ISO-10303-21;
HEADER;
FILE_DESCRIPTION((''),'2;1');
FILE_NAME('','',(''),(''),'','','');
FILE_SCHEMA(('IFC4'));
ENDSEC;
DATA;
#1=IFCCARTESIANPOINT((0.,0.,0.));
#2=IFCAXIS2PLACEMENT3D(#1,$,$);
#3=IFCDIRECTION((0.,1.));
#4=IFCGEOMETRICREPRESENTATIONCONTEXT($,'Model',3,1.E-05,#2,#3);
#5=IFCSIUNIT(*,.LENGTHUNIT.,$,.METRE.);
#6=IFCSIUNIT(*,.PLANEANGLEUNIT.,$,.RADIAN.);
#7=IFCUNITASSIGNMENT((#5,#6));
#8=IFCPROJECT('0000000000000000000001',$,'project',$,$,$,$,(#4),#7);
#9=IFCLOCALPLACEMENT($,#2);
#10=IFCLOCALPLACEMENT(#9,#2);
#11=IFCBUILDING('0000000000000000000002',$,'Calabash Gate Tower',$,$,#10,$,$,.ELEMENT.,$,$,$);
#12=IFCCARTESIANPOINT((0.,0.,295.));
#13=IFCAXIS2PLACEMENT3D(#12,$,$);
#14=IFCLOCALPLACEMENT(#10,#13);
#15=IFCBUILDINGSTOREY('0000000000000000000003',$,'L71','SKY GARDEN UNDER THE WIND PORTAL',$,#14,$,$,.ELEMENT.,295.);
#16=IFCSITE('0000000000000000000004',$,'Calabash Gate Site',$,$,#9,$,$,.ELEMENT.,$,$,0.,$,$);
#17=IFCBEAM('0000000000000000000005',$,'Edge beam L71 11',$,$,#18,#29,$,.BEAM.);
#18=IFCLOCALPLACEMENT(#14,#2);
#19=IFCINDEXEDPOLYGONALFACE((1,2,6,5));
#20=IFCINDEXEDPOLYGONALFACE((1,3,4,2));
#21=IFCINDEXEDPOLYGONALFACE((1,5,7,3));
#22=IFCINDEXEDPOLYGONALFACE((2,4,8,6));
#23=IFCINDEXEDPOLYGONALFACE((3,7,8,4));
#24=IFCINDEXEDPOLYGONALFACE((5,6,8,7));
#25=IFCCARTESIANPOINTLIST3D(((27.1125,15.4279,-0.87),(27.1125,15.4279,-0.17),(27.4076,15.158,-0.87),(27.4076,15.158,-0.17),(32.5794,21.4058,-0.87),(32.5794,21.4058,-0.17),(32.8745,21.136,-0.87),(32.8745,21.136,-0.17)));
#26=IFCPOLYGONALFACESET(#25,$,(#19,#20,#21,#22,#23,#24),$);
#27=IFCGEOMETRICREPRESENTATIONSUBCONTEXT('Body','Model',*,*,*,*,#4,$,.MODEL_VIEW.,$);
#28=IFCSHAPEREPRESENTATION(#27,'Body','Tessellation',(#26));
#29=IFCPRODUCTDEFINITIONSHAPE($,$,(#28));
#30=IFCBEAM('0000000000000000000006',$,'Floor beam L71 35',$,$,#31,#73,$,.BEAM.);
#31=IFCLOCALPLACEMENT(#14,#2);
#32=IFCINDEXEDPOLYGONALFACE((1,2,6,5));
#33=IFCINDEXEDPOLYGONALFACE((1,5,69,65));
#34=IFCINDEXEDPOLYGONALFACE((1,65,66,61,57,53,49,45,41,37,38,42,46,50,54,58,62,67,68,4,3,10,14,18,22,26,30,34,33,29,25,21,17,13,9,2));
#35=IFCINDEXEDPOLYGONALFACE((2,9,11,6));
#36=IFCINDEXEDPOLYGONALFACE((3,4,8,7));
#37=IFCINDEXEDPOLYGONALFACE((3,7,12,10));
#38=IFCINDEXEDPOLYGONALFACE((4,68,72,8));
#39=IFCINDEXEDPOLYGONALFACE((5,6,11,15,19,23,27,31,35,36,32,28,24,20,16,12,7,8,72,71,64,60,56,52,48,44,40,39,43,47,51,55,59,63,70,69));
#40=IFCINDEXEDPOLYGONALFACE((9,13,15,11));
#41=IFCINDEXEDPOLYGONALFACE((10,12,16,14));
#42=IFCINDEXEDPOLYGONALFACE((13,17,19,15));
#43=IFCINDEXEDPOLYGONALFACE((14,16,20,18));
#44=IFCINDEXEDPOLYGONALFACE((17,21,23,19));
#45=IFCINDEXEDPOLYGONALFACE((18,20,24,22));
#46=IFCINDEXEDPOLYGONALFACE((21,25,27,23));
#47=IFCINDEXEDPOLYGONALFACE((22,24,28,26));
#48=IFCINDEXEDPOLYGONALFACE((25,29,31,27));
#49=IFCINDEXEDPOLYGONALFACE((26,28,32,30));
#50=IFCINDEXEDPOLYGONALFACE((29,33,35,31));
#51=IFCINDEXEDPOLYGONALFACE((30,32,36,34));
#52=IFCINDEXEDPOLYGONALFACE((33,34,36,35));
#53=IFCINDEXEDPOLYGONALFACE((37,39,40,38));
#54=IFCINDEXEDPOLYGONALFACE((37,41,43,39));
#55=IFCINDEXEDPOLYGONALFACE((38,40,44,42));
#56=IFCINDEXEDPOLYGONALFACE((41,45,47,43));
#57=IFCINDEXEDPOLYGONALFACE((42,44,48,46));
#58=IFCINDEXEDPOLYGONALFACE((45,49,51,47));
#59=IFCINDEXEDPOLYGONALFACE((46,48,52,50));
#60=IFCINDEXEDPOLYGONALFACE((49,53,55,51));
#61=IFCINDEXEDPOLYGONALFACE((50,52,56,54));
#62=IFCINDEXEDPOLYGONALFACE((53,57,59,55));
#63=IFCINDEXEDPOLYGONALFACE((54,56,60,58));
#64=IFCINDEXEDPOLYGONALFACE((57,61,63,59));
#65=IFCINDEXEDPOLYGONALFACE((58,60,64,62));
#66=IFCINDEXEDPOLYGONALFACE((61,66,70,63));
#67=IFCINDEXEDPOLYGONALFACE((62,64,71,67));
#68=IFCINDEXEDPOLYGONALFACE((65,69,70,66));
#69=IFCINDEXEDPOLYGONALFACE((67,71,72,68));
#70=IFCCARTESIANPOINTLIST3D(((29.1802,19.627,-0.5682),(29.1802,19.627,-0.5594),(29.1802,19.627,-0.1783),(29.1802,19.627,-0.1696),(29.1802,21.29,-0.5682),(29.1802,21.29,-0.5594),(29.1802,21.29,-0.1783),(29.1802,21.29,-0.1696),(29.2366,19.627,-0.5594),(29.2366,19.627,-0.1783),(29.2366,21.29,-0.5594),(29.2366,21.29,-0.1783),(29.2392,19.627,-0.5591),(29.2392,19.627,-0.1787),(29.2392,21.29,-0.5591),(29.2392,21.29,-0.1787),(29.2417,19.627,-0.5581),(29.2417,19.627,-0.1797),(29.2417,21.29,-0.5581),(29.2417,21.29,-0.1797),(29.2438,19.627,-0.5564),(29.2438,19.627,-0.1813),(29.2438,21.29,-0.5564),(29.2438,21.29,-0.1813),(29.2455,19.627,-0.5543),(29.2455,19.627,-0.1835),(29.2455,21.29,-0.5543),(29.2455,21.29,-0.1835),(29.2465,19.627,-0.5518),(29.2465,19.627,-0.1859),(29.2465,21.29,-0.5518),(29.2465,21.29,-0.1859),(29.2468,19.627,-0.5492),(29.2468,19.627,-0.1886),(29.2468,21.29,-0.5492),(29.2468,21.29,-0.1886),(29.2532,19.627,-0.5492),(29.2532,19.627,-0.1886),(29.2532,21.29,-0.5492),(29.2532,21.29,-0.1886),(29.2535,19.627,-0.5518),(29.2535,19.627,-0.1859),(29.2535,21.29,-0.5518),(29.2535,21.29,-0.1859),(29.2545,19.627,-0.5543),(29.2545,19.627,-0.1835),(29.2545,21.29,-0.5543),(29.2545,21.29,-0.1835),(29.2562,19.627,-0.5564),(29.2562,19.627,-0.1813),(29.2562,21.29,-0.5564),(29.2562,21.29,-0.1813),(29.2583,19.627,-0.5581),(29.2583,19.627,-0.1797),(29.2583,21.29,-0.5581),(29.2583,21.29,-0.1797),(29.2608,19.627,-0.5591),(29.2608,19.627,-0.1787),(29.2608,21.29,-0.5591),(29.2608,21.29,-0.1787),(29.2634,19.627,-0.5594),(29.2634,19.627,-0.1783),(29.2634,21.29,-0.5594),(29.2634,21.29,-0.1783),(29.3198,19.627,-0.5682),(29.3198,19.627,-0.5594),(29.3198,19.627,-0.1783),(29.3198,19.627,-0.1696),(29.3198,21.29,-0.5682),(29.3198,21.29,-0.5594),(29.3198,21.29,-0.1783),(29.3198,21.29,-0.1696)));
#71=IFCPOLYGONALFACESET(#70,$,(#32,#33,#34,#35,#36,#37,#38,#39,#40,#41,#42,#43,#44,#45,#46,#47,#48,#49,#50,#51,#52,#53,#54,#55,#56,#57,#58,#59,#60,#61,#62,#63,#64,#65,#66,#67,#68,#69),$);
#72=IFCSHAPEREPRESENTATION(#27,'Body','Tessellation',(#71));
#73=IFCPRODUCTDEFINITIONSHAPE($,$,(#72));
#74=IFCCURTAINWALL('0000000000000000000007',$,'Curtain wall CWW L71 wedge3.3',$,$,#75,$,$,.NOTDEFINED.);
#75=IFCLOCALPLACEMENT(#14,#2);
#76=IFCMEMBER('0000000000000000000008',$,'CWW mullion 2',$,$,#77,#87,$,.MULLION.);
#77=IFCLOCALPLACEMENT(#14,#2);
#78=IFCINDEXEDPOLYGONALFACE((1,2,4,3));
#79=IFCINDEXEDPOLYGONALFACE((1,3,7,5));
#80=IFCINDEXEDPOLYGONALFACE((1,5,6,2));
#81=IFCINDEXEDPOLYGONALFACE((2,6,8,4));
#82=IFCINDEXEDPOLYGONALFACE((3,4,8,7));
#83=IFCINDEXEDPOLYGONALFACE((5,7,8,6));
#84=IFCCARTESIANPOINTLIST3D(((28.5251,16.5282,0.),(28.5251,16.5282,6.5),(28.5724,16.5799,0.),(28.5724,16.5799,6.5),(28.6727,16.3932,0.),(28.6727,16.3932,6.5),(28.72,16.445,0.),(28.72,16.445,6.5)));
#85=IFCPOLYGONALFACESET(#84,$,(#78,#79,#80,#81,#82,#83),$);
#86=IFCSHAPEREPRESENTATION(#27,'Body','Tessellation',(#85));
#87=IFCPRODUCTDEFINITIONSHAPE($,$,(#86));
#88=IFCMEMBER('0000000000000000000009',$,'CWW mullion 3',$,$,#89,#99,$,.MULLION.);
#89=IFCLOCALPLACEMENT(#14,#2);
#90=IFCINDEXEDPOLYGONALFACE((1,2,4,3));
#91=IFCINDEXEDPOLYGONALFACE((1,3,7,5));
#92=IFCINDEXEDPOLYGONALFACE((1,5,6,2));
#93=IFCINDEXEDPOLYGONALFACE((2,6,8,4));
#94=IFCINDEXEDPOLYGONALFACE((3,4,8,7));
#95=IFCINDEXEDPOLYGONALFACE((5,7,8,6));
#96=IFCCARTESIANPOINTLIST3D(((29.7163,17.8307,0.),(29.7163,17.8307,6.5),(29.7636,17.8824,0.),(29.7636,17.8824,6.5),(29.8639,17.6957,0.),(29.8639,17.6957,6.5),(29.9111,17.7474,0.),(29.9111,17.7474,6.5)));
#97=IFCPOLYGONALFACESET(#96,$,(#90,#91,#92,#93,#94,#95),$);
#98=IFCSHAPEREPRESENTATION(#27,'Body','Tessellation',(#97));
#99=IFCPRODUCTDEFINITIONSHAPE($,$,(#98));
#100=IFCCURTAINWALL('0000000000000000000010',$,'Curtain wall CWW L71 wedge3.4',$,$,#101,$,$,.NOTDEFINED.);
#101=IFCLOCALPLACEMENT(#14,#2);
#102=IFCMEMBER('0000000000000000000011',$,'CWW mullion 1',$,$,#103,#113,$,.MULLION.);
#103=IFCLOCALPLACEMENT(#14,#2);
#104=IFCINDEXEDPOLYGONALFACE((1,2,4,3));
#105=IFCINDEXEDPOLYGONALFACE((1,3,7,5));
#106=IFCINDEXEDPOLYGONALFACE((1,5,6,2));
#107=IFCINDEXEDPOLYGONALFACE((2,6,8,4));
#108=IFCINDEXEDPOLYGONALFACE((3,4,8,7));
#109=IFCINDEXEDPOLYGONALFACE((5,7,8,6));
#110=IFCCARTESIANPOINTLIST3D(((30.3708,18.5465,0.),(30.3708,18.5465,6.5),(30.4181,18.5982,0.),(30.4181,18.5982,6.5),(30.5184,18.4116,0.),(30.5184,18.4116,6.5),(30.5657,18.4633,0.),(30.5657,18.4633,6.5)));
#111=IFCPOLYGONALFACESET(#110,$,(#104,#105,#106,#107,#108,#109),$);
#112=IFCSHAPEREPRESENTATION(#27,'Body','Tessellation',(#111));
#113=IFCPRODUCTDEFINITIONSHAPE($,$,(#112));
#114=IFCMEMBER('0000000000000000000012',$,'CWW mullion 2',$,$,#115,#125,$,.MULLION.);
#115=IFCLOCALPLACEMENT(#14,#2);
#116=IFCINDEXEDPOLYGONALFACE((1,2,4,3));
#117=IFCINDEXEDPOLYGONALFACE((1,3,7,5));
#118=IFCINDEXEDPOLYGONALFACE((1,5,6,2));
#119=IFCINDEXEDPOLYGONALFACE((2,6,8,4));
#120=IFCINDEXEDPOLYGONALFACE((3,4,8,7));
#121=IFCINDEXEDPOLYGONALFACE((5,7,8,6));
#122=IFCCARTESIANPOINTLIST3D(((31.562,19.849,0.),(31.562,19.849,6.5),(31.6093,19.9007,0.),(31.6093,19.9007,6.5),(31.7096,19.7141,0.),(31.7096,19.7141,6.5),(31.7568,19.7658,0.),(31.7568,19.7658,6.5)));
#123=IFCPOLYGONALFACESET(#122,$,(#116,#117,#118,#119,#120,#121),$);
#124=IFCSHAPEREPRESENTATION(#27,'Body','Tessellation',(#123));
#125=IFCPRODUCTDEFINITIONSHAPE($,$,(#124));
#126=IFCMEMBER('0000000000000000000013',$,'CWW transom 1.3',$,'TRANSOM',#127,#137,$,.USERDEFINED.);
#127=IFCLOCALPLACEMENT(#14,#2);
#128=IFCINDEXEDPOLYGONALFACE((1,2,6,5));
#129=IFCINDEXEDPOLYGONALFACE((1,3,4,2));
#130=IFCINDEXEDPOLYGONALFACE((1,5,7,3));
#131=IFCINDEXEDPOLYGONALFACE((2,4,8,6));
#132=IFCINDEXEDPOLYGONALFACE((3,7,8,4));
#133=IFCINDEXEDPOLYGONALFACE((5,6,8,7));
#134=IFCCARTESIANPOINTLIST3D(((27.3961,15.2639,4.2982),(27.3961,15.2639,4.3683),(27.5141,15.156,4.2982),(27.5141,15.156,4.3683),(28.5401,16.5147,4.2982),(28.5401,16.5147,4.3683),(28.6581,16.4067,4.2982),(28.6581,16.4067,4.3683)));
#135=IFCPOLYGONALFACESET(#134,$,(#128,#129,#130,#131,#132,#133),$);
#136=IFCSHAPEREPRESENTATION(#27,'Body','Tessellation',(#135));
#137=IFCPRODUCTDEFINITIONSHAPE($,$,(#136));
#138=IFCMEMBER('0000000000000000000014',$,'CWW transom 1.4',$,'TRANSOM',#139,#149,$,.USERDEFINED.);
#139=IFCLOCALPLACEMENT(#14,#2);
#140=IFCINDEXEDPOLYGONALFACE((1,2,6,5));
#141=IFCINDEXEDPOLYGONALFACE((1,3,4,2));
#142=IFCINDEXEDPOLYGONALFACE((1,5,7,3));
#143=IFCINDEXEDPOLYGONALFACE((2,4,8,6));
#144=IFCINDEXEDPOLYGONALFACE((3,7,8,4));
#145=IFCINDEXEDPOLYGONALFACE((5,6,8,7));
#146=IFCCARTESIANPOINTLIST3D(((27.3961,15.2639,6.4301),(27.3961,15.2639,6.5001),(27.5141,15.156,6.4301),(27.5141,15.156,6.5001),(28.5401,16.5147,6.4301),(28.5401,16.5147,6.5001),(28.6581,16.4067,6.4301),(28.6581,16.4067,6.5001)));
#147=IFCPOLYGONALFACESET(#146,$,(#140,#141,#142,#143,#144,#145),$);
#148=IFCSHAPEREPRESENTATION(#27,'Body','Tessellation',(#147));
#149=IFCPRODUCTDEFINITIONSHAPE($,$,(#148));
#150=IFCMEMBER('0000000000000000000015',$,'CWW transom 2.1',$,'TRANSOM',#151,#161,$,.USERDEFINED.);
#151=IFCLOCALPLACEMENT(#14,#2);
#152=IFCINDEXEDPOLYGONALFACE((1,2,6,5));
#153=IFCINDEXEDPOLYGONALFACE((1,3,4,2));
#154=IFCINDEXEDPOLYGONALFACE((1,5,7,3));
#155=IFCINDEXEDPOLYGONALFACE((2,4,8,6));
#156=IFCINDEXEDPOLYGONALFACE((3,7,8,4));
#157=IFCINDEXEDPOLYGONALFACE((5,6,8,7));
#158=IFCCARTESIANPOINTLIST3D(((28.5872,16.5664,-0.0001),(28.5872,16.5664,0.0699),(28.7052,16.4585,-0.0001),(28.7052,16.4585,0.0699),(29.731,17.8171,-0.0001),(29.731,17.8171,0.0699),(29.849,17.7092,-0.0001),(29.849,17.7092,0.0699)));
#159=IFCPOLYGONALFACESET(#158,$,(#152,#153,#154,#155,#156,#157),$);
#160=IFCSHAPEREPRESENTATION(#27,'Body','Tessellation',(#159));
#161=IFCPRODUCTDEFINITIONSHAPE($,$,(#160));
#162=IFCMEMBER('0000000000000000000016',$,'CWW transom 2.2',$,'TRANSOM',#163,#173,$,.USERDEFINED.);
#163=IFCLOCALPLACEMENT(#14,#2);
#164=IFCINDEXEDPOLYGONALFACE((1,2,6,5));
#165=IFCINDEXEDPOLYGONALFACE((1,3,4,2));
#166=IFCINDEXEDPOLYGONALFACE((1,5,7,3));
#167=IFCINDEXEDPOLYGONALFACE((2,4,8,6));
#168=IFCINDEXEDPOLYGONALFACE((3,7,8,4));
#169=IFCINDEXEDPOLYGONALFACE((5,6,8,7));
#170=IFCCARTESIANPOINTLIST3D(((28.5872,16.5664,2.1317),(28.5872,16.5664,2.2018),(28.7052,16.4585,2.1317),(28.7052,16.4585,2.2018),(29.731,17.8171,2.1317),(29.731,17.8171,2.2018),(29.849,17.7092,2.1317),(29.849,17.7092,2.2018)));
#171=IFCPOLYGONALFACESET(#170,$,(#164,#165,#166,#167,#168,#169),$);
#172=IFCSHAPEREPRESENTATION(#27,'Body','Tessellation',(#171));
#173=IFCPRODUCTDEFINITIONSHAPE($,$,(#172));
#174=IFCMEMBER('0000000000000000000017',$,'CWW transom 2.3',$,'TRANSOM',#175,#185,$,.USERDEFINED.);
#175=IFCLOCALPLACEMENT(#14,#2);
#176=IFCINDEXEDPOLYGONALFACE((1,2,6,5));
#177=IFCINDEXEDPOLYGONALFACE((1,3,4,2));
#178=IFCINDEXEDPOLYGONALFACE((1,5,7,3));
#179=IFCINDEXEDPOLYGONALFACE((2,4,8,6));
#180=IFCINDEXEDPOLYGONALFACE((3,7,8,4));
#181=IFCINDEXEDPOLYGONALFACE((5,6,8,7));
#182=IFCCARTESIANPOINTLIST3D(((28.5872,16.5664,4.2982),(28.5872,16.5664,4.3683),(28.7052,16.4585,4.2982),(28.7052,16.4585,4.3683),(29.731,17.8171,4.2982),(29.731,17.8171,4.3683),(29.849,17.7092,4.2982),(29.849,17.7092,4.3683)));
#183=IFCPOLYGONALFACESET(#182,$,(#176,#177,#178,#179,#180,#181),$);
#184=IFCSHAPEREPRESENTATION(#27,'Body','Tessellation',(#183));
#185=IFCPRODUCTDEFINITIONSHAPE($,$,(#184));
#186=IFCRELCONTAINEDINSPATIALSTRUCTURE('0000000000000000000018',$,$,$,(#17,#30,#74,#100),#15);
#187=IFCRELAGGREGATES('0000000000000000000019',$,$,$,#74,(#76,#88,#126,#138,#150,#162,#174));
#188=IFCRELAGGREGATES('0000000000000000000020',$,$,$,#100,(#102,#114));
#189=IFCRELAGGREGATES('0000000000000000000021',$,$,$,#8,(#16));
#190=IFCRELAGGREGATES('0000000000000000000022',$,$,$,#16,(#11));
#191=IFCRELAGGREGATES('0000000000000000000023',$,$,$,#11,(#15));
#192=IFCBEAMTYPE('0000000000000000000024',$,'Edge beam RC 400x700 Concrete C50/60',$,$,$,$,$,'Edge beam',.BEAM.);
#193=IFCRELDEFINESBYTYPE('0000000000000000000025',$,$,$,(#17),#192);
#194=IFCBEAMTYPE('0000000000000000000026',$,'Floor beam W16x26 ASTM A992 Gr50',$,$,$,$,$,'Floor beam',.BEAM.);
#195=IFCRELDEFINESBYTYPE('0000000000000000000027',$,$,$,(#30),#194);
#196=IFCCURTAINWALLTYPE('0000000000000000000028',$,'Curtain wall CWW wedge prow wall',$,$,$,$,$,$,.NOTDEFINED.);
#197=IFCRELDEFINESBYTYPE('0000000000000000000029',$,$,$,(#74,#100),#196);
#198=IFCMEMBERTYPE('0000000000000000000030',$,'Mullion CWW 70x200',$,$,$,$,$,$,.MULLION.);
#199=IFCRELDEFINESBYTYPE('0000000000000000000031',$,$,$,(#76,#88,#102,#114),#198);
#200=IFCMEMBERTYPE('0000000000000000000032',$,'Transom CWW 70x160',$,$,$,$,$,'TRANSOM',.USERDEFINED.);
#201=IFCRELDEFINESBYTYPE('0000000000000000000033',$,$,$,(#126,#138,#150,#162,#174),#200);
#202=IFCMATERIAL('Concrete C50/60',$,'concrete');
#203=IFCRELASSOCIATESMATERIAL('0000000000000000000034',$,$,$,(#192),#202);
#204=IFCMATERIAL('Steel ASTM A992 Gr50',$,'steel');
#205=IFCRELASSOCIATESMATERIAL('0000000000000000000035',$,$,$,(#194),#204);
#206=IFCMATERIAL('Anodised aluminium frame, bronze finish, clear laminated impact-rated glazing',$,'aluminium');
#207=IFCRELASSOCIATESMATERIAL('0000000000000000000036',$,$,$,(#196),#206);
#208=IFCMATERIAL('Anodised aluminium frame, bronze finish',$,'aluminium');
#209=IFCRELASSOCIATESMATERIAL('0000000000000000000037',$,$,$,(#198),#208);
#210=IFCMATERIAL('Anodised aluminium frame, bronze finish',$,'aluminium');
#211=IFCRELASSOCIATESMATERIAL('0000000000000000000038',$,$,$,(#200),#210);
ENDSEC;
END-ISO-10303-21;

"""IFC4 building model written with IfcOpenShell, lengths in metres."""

from ifc_helpers import new_model, si_unit, direction, frame, origin, origin_2d, place, context, subcontext, project, spatial, rectangle, i_section, extrude, material, material_profile, profile_set, type_object, element, aggregate, save


model = new_model("IFC4")

# Units and contexts
model_context = context("Model", 3, precision=1e-05, world=origin(), true_north=direction((0.0, 1.0)))
body_context = subcontext(model_context, "Body", "Model", "MODEL_VIEW")
ifc_project = project(units=[si_unit("LENGTHUNIT", "METRE"), si_unit("PLANEANGLEUNIT", "RADIAN")], contexts=[model_context])

# Site, building, storey
site_placement = place(None, origin())
site = spatial("IfcSite", under=ifc_project, at=site_placement, Name="Calabash Gate Site", CompositionType="ELEMENT", RefElevation=0.0)
building_placement = place(site_placement, origin())
building = spatial("IfcBuilding", under=site, at=building_placement, Name="Calabash Gate Tower", CompositionType="ELEMENT")
storey_placement = place(building_placement, frame((0.0, 0.0, 295.0)))
storey = spatial("IfcBuildingStorey", under=building, at=storey_placement, Name="L71", Description="SKY GARDEN UNDER THE WIND PORTAL", CompositionType="ELEMENT", Elevation=295.0)

# Beams
ifc_material_1 = material(Name="Concrete C50/60", Category="concrete")
ifc_material_profile_1 = material_profile(ifc_material_1, rectangle(XDim=0.3999, YDim=0.7, at=origin_2d()))
ifc_profile_set_1 = profile_set([ifc_material_profile_1], Name="Concrete C50/60")
beam_type_1 = type_object("IfcBeamType", Name="Edge beam RC 400x700 Concrete C50/60", ElementType="Edge beam", PredefinedType="BEAM", material=ifc_profile_set_1)
beam_1_placement = place(storey_placement, frame((27.26, 15.293, -0.52), z_axis=(0.674864, 0.737942, 0.0), x_axis=(-0.737942, 0.674864, 0.0)))
element("IfcBeam", 1, at=beam_1_placement, inside=storey, type_object=beam_type_1, Name="Edge beam L71 11", PredefinedType="BEAM", context=body_context, shape_type="SweptSolid", body=[
    extrude(rectangle(XDim=0.3999, YDim=0.7, at=origin_2d()), origin(), (0.0, 0.0, 1.0), 8.1008),
])
ifc_material_2 = material(Name="Steel ASTM A992 Gr50", Category="steel")
ifc_material_profile_2 = material_profile(ifc_material_2, i_section(OverallWidth=0.1396, OverallDepth=0.3987, WebThickness=0.0063, FlangeThickness=0.0088, FilletRadius=0.0103, at=origin_2d()))
ifc_profile_set_2 = profile_set([ifc_material_profile_2], Name="Steel ASTM A992 Gr50")
beam_type_2 = type_object("IfcBeamType", Name="Floor beam W16x26 ASTM A992 Gr50", ElementType="Floor beam", PredefinedType="BEAM", material=ifc_profile_set_2)
beam_2_placement = place(storey_placement, frame((29.25, 19.627, -0.3689), z_axis=(0.0, 1.0, 0.0), x_axis=(-1.0, 0.0, 0.0)))
element("IfcBeam", 2, at=beam_2_placement, inside=storey, type_object=beam_type_2, Name="Floor beam L71 35", PredefinedType="BEAM", context=body_context, shape_type="SweptSolid", body=[
    extrude(i_section(OverallWidth=0.1396, OverallDepth=0.3987, WebThickness=0.0063, FlangeThickness=0.0088, FilletRadius=0.0103, at=origin_2d()), origin(), (0.0, 0.0, 1.0), 1.6631),
])

# Curtain walls, members
ifc_material_3 = material(Name="Anodised aluminium frame, bronze finish, clear laminated impact-rated glazing", Category="aluminium")
curtain_wall_type = type_object("IfcCurtainWallType", Name="Curtain wall CWW wedge prow wall", PredefinedType="NOTDEFINED", material=ifc_material_3)
curtain_wall_1_placement = place(storey_placement, origin())
curtain_wall_1 = element("IfcCurtainWall", 3, at=curtain_wall_1_placement, inside=storey, type_object=curtain_wall_type, Name="Curtain wall CWW L71 wedge3.3", PredefinedType="NOTDEFINED")
ifc_material_4 = material(Name="Anodised aluminium frame, bronze finish", Category="aluminium")
ifc_material_profile_3 = material_profile(ifc_material_4, rectangle(XDim=0.2, YDim=0.0701, at=origin_2d()))
ifc_profile_set_3 = profile_set([ifc_material_profile_3], Name="Anodised aluminium frame, bronze finish")
member_type_1 = type_object("IfcMemberType", Name="Mullion CWW 70x200", PredefinedType="MULLION", material=ifc_profile_set_3)
member_1_placement = place(storey_placement, frame((28.6226, 16.4866, 0.0), z_axis=(0.0, 0.0, 1.0), x_axis=(-0.737949, 0.674856, 0.0)))
member_1 = element("IfcMember", 4, at=member_1_placement, type_object=member_type_1, Name="CWW mullion 2", PredefinedType="MULLION", context=body_context, shape_type="SweptSolid", body=[
    extrude(rectangle(XDim=0.2, YDim=0.0701, at=origin_2d()), origin(), (0.0, 0.0, 1.0), 6.5),
])
member_2_placement = place(storey_placement, frame((29.8137, 17.7891, 0.0), z_axis=(0.0, 0.0, 1.0), x_axis=(-0.737949, 0.674856, 0.0)))
member_2 = element("IfcMember", 5, at=member_2_placement, type_object=member_type_1, Name="CWW mullion 3", PredefinedType="MULLION", context=body_context, shape_type="SweptSolid", body=[
    extrude(rectangle(XDim=0.2, YDim=0.0701, at=origin_2d()), origin(), (0.0, 0.0, 1.0), 6.5),
])
curtain_wall_2_placement = place(storey_placement, origin())
curtain_wall_2 = element("IfcCurtainWall", 6, at=curtain_wall_2_placement, inside=storey, type_object=curtain_wall_type, Name="Curtain wall CWW L71 wedge3.4", PredefinedType="NOTDEFINED")
member_3_placement = place(storey_placement, frame((30.4683, 18.5049, 0.0), z_axis=(0.0, 0.0, 1.0), x_axis=(-0.737949, 0.674856, 0.0)))
member_3 = element("IfcMember", 7, at=member_3_placement, type_object=member_type_1, Name="CWW mullion 1", PredefinedType="MULLION", context=body_context, shape_type="SweptSolid", body=[
    extrude(rectangle(XDim=0.2, YDim=0.0701, at=origin_2d()), origin(), (0.0, 0.0, 1.0), 6.5),
])
member_4_placement = place(storey_placement, frame((31.6594, 19.8074, 0.0), z_axis=(0.0, 0.0, 1.0), x_axis=(-0.737949, 0.674856, 0.0)))
member_4 = element("IfcMember", 8, at=member_4_placement, type_object=member_type_1, Name="CWW mullion 2", PredefinedType="MULLION", context=body_context, shape_type="SweptSolid", body=[
    extrude(rectangle(XDim=0.2, YDim=0.0701, at=origin_2d()), origin(), (0.0, 0.0, 1.0), 6.5),
])

# Members
ifc_material_5 = material(Name="Anodised aluminium frame, bronze finish", Category="aluminium")
ifc_material_profile_4 = material_profile(ifc_material_5, rectangle(XDim=0.1599, YDim=0.0701, at=origin_2d()))
ifc_profile_set_4 = profile_set([ifc_material_profile_4], Name="Anodised aluminium frame, bronze finish")
member_type_2 = type_object("IfcMemberType", Name="Transom CWW 70x160", ElementType="TRANSOM", PredefinedType="USERDEFINED", material=ifc_profile_set_4)
member_5_placement = place(storey_placement, frame((27.4551, 15.21, 4.3333), z_axis=(0.674935, 0.737877, 0.0), x_axis=(-0.737877, 0.674935, 0.0)))
member_5 = element("IfcMember", 9, at=member_5_placement, type_object=member_type_2, Name="CWW transom 1.3", ObjectType="TRANSOM", PredefinedType="USERDEFINED", context=body_context, shape_type="SweptSolid", body=[
    extrude(rectangle(XDim=0.1599, YDim=0.0701, at=origin_2d()), origin(), (0.0, 0.0, 1.0), 1.6951),
])
member_6_placement = place(storey_placement, frame((27.4551, 15.21, 6.4651), z_axis=(0.674935, 0.737877, 0.0), x_axis=(-0.737877, 0.674935, 0.0)))
member_6 = element("IfcMember", 10, at=member_6_placement, type_object=member_type_2, Name="CWW transom 1.4", ObjectType="TRANSOM", PredefinedType="USERDEFINED", context=body_context, shape_type="SweptSolid", body=[
    extrude(rectangle(XDim=0.1599, YDim=0.0701, at=origin_2d()), origin(), (0.0, 0.0, 1.0), 1.6951),
])
member_7_placement = place(storey_placement, frame((28.6462, 16.5125, 0.0349), z_axis=(0.674857, 0.737949, 0.0), x_axis=(-0.737949, 0.674857, 0.0)))
member_7 = element("IfcMember", 11, at=member_7_placement, type_object=member_type_2, Name="CWW transom 2.1", ObjectType="TRANSOM", PredefinedType="USERDEFINED", context=body_context, shape_type="SweptSolid", body=[
    extrude(rectangle(XDim=0.1599, YDim=0.0701, at=origin_2d()), origin(), (0.0, 0.0, 1.0), 1.6948),
])
member_8_placement = place(storey_placement, frame((28.6462, 16.5125, 2.1667), z_axis=(0.674857, 0.737949, 0.0), x_axis=(-0.737949, 0.674857, 0.0)))
member_8 = element("IfcMember", 12, at=member_8_placement, type_object=member_type_2, Name="CWW transom 2.2", ObjectType="TRANSOM", PredefinedType="USERDEFINED", context=body_context, shape_type="SweptSolid", body=[
    extrude(rectangle(XDim=0.1599, YDim=0.0701, at=origin_2d()), origin(), (0.0, 0.0, 1.0), 1.6948),
])
member_9_placement = place(storey_placement, frame((28.6462, 16.5125, 4.3333), z_axis=(0.674857, 0.737949, 0.0), x_axis=(-0.737949, 0.674857, 0.0)))
member_9 = element("IfcMember", 13, at=member_9_placement, type_object=member_type_2, Name="CWW transom 2.3", ObjectType="TRANSOM", PredefinedType="USERDEFINED", context=body_context, shape_type="SweptSolid", body=[
    extrude(rectangle(XDim=0.1599, YDim=0.0701, at=origin_2d()), origin(), (0.0, 0.0, 1.0), 1.6948),
])

aggregate(curtain_wall_1, [member_1, member_2, member_5, member_6, member_7, member_8, member_9])
aggregate(curtain_wall_2, [member_3, member_4])

save(model, "model.ifc")
